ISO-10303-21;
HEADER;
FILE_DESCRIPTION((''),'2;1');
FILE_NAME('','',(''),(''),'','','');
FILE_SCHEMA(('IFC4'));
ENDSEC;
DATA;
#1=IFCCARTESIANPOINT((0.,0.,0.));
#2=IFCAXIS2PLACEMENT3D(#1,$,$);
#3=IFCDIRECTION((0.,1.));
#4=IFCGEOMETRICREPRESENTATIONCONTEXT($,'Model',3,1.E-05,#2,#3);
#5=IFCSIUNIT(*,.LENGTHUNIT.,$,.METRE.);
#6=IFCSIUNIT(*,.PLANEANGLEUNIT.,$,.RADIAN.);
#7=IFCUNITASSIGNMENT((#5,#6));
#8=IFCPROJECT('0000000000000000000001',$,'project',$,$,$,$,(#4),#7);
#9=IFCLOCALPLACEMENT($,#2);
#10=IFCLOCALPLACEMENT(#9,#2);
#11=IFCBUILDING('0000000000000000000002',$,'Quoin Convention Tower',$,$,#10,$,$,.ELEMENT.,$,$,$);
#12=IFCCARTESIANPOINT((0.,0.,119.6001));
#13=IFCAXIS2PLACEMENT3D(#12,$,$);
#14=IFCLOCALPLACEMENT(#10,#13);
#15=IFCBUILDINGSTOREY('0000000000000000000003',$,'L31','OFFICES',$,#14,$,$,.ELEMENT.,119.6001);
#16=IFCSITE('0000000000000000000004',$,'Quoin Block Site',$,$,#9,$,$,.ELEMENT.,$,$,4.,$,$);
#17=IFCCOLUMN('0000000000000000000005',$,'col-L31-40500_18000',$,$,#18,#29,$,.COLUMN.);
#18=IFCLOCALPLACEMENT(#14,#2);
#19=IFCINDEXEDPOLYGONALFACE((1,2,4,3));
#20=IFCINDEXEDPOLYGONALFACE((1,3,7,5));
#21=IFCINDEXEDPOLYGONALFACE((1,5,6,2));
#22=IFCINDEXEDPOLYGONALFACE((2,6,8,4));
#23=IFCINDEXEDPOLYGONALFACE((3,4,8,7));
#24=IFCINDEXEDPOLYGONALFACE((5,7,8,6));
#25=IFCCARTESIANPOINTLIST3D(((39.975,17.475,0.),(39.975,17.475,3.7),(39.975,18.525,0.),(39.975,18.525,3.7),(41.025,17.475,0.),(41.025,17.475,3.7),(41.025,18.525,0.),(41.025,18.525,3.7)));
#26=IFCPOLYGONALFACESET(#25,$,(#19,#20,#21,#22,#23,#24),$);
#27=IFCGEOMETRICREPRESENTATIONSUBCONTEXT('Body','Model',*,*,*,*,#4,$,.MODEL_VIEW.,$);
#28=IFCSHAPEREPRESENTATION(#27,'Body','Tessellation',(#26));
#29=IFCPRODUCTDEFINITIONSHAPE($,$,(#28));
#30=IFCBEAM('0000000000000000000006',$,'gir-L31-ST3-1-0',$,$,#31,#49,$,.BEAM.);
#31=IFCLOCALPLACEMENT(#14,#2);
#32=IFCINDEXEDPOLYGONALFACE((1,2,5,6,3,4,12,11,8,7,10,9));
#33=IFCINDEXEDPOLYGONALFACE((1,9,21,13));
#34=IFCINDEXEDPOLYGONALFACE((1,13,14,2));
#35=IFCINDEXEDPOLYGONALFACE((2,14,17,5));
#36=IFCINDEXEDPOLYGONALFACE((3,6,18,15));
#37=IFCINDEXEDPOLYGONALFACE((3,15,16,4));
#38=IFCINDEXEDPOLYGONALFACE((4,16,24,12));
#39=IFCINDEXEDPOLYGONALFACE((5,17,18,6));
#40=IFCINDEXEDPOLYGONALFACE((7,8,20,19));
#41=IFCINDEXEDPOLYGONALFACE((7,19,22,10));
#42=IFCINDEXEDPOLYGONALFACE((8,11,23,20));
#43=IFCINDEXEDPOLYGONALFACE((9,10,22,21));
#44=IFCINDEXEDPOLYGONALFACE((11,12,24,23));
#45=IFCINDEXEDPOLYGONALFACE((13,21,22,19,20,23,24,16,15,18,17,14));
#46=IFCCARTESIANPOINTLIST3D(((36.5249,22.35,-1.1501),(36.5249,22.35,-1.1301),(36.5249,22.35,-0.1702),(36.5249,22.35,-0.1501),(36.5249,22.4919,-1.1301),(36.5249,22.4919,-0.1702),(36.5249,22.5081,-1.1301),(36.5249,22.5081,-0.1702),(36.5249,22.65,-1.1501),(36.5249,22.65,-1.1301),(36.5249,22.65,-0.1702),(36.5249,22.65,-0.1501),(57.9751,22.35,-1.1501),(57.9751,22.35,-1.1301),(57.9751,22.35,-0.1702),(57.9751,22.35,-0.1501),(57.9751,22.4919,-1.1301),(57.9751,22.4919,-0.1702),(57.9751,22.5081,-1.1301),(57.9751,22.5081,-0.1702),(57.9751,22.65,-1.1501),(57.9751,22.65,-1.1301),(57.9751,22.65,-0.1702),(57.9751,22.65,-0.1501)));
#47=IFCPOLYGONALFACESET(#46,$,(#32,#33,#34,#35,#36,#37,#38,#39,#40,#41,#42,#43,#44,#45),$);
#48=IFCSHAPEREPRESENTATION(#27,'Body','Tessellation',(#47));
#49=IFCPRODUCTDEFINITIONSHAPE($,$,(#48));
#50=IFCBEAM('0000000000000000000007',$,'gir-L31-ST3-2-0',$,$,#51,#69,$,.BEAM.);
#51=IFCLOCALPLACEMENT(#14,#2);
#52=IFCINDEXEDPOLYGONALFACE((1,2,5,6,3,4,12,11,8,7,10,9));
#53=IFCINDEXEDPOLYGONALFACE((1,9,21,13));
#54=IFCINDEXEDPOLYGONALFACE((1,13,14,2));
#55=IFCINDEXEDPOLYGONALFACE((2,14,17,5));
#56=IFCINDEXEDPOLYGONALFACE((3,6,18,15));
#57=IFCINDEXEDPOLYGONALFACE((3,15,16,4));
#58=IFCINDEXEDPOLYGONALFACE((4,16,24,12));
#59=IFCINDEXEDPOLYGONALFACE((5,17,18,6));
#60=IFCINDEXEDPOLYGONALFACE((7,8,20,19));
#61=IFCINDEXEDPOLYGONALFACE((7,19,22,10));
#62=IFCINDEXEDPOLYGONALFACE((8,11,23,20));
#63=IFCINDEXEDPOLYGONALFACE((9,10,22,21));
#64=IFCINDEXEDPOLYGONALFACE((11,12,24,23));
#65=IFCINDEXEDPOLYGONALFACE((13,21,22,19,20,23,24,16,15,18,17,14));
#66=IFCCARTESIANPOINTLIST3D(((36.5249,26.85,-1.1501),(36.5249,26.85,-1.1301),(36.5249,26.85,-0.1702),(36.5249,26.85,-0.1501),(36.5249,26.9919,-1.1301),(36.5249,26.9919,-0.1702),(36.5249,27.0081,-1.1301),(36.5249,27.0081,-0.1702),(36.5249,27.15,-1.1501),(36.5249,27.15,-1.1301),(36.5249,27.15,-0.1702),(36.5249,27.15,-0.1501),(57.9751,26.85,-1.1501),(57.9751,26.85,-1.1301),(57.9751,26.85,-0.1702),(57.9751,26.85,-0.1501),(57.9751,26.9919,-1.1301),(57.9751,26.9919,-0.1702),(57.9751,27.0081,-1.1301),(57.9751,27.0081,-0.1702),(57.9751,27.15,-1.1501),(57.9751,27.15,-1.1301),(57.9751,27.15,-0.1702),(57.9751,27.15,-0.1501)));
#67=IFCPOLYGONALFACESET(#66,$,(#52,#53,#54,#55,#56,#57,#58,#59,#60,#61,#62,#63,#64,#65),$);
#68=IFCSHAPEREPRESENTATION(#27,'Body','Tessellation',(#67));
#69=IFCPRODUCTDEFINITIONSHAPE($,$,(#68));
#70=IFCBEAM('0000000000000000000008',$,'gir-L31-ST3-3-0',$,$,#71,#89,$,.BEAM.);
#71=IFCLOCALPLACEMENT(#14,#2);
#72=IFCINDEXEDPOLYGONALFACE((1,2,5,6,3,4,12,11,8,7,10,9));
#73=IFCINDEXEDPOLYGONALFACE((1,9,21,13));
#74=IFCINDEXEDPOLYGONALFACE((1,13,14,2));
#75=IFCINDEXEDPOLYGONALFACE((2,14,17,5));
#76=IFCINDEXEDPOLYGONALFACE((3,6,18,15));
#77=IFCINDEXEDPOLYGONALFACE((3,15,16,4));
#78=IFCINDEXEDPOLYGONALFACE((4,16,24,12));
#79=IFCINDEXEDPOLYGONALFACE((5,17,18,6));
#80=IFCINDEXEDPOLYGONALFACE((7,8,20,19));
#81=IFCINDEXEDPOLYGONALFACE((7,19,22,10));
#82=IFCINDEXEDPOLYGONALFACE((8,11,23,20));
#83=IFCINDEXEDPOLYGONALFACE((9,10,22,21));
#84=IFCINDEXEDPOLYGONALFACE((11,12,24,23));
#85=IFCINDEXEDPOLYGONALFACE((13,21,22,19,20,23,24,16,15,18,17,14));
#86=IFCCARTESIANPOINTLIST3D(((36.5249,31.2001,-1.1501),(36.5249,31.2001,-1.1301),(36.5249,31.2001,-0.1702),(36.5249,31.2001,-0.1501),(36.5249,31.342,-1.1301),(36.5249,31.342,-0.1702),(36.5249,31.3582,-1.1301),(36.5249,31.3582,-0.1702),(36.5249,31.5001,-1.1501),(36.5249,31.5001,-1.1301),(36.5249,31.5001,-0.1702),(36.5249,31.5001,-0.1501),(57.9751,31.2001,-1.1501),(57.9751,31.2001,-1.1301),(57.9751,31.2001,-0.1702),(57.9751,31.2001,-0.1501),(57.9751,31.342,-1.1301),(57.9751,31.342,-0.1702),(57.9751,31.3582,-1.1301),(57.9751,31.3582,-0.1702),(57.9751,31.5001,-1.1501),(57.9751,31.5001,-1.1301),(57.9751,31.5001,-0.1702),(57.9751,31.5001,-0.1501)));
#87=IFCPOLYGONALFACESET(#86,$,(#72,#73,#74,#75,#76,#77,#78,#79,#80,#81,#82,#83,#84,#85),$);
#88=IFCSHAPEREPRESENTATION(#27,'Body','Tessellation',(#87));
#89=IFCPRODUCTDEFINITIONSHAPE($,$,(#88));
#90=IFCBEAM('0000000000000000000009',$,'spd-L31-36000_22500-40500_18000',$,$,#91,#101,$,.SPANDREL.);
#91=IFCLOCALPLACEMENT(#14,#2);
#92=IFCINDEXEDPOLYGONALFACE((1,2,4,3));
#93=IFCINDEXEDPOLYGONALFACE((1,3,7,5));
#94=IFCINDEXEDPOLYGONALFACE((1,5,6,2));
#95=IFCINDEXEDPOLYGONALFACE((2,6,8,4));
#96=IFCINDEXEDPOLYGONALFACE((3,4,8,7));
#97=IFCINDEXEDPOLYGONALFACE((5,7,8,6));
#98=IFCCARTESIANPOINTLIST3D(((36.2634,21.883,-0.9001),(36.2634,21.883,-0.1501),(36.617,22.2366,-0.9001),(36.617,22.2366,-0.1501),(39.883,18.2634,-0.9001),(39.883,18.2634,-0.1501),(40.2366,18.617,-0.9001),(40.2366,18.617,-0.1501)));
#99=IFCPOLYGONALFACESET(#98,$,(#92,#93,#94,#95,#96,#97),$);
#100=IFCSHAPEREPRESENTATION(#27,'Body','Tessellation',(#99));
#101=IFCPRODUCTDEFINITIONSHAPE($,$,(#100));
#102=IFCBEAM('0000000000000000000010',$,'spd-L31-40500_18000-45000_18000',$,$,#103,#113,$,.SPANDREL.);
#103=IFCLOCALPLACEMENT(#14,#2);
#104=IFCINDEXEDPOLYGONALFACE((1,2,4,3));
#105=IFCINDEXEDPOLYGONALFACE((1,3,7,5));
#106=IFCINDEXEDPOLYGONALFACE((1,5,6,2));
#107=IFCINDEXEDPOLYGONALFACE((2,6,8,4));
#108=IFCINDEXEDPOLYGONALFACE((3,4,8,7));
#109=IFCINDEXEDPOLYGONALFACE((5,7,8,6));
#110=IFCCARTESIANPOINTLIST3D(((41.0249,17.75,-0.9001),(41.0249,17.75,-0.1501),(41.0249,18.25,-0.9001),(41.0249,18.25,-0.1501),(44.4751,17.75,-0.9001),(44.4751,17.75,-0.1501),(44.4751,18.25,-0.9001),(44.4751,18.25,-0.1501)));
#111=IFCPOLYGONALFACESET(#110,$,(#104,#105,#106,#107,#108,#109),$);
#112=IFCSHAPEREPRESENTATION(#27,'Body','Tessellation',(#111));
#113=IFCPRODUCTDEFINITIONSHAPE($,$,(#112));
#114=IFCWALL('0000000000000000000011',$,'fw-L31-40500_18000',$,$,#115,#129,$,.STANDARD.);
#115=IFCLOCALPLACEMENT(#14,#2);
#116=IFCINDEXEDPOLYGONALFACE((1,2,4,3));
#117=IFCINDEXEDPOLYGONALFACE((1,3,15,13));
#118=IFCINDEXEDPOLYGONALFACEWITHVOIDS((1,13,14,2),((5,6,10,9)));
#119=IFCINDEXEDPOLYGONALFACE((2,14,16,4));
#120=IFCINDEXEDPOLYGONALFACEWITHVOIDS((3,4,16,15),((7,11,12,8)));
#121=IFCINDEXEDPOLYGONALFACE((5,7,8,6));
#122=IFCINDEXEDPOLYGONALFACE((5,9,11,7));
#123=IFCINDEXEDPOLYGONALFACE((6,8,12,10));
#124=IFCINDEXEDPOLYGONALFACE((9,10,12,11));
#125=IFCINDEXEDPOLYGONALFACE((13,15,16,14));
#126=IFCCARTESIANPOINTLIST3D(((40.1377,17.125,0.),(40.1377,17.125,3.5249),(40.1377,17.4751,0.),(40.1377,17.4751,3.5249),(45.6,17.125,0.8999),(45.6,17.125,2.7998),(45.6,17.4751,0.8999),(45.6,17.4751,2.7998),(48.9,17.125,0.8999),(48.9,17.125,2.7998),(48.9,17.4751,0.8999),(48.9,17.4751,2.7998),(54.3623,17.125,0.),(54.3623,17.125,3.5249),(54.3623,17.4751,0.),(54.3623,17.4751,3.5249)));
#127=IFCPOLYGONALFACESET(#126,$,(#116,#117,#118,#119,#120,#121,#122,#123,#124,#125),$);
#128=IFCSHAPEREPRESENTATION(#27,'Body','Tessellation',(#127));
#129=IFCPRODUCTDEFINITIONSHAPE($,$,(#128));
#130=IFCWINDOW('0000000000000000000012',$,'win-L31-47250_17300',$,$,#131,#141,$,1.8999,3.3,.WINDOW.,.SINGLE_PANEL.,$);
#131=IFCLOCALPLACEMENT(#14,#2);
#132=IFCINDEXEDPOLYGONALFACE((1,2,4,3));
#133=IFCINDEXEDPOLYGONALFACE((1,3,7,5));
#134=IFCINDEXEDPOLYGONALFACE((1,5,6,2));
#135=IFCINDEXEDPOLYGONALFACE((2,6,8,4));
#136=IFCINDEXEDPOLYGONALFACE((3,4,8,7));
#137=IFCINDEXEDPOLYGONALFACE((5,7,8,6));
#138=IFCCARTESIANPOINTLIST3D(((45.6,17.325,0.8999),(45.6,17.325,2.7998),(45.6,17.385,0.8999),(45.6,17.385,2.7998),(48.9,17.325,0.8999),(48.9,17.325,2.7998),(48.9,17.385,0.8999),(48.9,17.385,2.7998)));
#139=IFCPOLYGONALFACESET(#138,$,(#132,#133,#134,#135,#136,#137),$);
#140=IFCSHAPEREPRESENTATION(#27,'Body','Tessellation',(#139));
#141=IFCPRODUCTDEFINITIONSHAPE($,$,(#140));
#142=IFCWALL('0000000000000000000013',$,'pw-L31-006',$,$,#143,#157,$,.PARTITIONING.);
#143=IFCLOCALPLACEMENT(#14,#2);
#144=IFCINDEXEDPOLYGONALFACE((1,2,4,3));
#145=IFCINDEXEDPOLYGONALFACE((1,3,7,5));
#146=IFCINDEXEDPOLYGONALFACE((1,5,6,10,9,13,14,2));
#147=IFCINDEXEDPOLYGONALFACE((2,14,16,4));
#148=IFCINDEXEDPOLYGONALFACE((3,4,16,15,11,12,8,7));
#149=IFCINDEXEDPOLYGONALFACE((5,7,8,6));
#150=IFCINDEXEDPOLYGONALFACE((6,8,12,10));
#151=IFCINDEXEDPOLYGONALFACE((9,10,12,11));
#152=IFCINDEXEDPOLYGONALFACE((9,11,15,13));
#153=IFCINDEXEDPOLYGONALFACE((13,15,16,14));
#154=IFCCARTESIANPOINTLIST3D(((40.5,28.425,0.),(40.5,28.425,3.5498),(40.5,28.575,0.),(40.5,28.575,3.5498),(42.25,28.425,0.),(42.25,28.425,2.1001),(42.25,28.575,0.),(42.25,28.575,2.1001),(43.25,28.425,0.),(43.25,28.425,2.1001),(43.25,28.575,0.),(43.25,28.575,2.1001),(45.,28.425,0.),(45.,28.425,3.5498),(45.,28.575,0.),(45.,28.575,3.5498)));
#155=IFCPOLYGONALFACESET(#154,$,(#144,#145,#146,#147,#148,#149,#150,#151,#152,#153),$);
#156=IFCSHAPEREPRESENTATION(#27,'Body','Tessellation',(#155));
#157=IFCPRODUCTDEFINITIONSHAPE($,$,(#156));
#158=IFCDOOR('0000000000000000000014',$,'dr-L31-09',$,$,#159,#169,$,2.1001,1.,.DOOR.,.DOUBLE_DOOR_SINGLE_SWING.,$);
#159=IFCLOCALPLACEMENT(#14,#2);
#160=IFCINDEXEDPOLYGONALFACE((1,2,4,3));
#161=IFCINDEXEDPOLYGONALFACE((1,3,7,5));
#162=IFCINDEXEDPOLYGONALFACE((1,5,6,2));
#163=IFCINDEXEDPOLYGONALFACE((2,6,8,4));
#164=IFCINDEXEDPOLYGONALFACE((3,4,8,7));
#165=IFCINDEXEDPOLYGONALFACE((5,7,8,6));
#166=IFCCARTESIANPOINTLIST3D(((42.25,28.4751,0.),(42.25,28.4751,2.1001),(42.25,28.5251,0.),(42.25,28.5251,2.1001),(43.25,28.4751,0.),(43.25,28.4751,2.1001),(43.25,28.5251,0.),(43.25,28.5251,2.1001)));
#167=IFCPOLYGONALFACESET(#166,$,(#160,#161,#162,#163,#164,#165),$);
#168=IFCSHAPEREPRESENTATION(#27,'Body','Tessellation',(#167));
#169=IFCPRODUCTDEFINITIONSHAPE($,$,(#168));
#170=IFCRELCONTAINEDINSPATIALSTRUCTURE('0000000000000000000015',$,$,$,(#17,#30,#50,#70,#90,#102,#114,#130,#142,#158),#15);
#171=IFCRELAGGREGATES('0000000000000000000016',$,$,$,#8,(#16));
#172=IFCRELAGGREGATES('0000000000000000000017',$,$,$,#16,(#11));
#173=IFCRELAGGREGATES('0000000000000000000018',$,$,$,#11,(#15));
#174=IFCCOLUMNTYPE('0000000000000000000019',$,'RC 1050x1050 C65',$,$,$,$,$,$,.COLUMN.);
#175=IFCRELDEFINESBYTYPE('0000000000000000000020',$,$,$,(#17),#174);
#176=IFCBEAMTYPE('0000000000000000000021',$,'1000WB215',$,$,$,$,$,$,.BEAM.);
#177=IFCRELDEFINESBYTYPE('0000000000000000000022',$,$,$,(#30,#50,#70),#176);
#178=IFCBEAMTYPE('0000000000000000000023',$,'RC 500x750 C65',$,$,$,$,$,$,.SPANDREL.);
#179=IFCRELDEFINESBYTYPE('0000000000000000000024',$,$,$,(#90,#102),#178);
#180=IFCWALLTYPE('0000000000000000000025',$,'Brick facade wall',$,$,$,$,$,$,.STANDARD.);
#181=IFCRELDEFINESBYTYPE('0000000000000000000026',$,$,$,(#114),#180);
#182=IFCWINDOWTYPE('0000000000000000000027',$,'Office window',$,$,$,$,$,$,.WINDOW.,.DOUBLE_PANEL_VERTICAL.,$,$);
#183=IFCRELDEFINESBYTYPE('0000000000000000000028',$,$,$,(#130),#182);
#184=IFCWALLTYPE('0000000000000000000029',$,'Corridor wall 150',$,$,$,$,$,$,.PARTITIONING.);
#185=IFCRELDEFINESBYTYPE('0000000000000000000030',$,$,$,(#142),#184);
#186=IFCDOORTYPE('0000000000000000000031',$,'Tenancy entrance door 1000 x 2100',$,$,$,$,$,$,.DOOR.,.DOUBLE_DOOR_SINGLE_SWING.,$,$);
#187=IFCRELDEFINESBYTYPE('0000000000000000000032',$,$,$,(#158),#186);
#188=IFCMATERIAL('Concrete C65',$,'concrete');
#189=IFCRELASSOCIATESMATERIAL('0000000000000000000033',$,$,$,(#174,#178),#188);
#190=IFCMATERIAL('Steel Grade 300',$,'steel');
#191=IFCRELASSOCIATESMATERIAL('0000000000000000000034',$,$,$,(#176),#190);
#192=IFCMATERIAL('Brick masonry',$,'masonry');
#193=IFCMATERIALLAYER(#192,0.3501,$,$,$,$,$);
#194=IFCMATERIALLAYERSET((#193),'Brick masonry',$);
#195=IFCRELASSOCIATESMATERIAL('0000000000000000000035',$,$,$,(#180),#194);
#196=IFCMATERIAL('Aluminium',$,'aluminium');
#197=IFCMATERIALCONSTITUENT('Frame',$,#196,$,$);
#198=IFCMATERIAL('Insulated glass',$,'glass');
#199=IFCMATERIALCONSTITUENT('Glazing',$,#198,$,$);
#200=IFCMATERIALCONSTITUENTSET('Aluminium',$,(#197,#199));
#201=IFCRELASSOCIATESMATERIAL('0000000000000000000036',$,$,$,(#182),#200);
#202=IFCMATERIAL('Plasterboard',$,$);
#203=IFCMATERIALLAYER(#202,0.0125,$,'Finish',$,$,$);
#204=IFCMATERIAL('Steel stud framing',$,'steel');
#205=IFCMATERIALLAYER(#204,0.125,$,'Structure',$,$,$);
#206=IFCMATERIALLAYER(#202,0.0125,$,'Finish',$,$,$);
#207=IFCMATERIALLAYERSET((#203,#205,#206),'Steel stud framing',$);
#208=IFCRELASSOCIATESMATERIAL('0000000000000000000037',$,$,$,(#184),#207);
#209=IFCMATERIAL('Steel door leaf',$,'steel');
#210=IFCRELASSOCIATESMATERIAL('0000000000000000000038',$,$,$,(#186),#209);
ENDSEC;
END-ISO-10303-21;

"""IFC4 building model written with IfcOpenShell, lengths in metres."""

from ifc_helpers import new_model, si_unit, direction, frame, frame_2d, origin, origin_2d, place, context, subcontext, project, spatial, rectangle, i_section, extrude, material, layer, layer_set, constituent, constituent_set, material_profile, profile_set, type_object, element, fill, save


model = new_model("IFC4")

# Units and contexts
model_context = context("Model", 3, precision=1e-05, world=origin(), true_north=direction((0.0, 1.0)))
body_context = subcontext(model_context, "Body", "Model", "MODEL_VIEW")
ifc_project = project(units=[si_unit("LENGTHUNIT", "METRE"), si_unit("PLANEANGLEUNIT", "RADIAN")], contexts=[model_context])

# Site, building, storey
site_placement = place(None, origin())
site = spatial("IfcSite", under=ifc_project, at=site_placement, Name="Quoin Block Site", CompositionType="ELEMENT", RefElevation=4.0)
building_placement = place(site_placement, origin())
building = spatial("IfcBuilding", under=site, at=building_placement, Name="Quoin Convention Tower", CompositionType="ELEMENT")
storey_placement = place(building_placement, frame((0.0, 0.0, 119.6001)))
storey = spatial("IfcBuildingStorey", under=building, at=storey_placement, Name="L31", Description="OFFICES", CompositionType="ELEMENT", Elevation=119.6001)

# Column
ifc_material_1 = material(Name="Concrete C65", Category="concrete")
ifc_material_profile_1 = material_profile(ifc_material_1, rectangle(XDim=1.05, YDim=1.05, at=origin_2d()), Name="RC 1050x1050")
ifc_profile_set_1 = profile_set([ifc_material_profile_1], Name="Concrete C65")
column_type = type_object("IfcColumnType", Name="RC 1050x1050 C65", PredefinedType="COLUMN", material=ifc_profile_set_1)
column_placement = place(storey_placement, frame((40.5, 18.0, 0.0), z_axis=(0.0, 0.0, 1.0), x_axis=(1.0, 0.0, 0.0)))
element("IfcColumn", 1, at=column_placement, inside=storey, type_object=column_type, Name="col-L31-40500_18000", PredefinedType="COLUMN", context=body_context, shape_type="SweptSolid", body=[
    extrude(rectangle(XDim=1.05, YDim=1.05, at=origin_2d()), origin(), (0.0, 0.0, 1.0), 3.7),
])

# Beams
ifc_material_2 = material(Name="Steel Grade 300", Category="steel")
ifc_material_profile_2 = material_profile(ifc_material_2, i_section(OverallWidth=0.3, OverallDepth=1.0, WebThickness=0.0161, FlangeThickness=0.02, at=origin_2d()), Name="1000WB215")
ifc_profile_set_2 = profile_set([ifc_material_profile_2], Name="Steel Grade 300")
beam_type_1 = type_object("IfcBeamType", Name="1000WB215", PredefinedType="BEAM", material=ifc_profile_set_2)
for number, where, z_axis, x_axis, name in (
    (2, (36.5249, 22.5, -0.6501), (1.0, 0.0, 0.0), (0.0, 1.0, 0.0), "gir-L31-ST3-1-0"),
    (3, (36.5249, 27.0, -0.6501), (1.0, 0.0, 0.0), (0.0, 1.0, 0.0), "gir-L31-ST3-2-0"),
    (4, (36.5249, 31.3501, -0.6501), (1.0, 0.0, 0.0), (0.0, 1.0, 0.0), "gir-L31-ST3-3-0"),
):
    element("IfcBeam", number, at=place(storey_placement, frame(where, z_axis=z_axis, x_axis=x_axis)), inside=storey, type_object=beam_type_1, Name=name, PredefinedType="BEAM", context=body_context, shape_type="SweptSolid", body=[
        extrude(i_section(OverallWidth=0.3, OverallDepth=1.0, WebThickness=0.0161, FlangeThickness=0.02, at=origin_2d()), origin(), (0.0, 0.0, 1.0), 21.4502),
    ])
ifc_material_profile_3 = material_profile(ifc_material_1, rectangle(XDim=0.5, YDim=0.75, at=origin_2d()), Name="RC 500x750")
ifc_profile_set_3 = profile_set([ifc_material_profile_3], Name="Concrete C65")
beam_type_2 = type_object("IfcBeamType", Name="RC 500x750 C65", PredefinedType="SPANDREL", material=ifc_profile_set_3)
beam_1_placement = place(storey_placement, frame((36.4402, 22.0598, -0.5251), z_axis=(0.707107, -0.707107, 0.0), x_axis=(0.707107, 0.707107, 0.0)))
element("IfcBeam", 5, at=beam_1_placement, inside=storey, type_object=beam_type_2, Name="spd-L31-36000_22500-40500_18000", PredefinedType="SPANDREL", context=body_context, shape_type="SweptSolid", body=[
    extrude(rectangle(XDim=0.5, YDim=0.75, at=origin_2d()), origin(), (0.0, 0.0, 1.0), 5.1189),
])
beam_2_placement = place(storey_placement, frame((41.0249, 18.0, -0.5251), z_axis=(1.0, 0.0, 0.0), x_axis=(0.0, 1.0, 0.0)))
element("IfcBeam", 6, at=beam_2_placement, inside=storey, type_object=beam_type_2, Name="spd-L31-40500_18000-45000_18000", PredefinedType="SPANDREL", context=body_context, shape_type="SweptSolid", body=[
    extrude(rectangle(XDim=0.5, YDim=0.75, at=origin_2d()), origin(), (0.0, 0.0, 1.0), 3.4502),
])

# Wall, opening, window
ifc_material_3 = material(Name="Brick masonry", Category="masonry")
ifc_layer_1 = layer(ifc_material_3, 0.3501)
ifc_layer_set_1 = layer_set([ifc_layer_1], Name="Brick masonry")
wall_type_1 = type_object("IfcWallType", Name="Brick facade wall", PredefinedType="STANDARD", material=ifc_layer_set_1)
wall_1_placement = place(storey_placement, frame((40.1377, 17.3, 0.0), z_axis=(0.0, 0.0, 1.0), x_axis=(1.0, 0.0, 0.0)))
wall_1 = element("IfcWall", 7, at=wall_1_placement, inside=storey, type_object=wall_type_1, Name="fw-L31-40500_18000", PredefinedType="STANDARD", context=body_context, shape_type="SweptSolid", body=[
    extrude(rectangle(XDim=14.2246, YDim=0.3501, at=frame_2d((7.1123, 0.0))), origin(), (0.0, 0.0, 1.0), 3.5249),
])
opening_1_placement = place(wall_1_placement, frame((5.4624, 0.0, 0.8999)))
opening_1 = element("IfcOpeningElement", 8, at=opening_1_placement, cuts=wall_1, PredefinedType="OPENING", context=body_context, shape_type="SweptSolid", body=[
    extrude(rectangle(XDim=3.3, YDim=1.8999, at=frame_2d((1.6499, 0.95))), frame((0.0, 0.1851, 0.0), z_axis=(0.0, -1.0, 0.0), x_axis=(1.0, 0.0, 0.0)), (0.0, 0.0, 1.0), 0.3701),
])
ifc_material_4 = material(Name="Aluminium", Category="aluminium")
ifc_constituent_1 = constituent(ifc_material_4, Name="Frame")
ifc_material_5 = material(Name="Insulated glass", Category="glass")
ifc_constituent_2 = constituent(ifc_material_5, Name="Glazing")
ifc_constituent_set = constituent_set(constituents=[ifc_constituent_1, ifc_constituent_2], Name="Aluminium")
window_type = type_object("IfcWindowType", Name="Office window", PartitioningType="DOUBLE_PANEL_VERTICAL", PredefinedType="WINDOW", material=ifc_constituent_set)
window_placement = place(opening_1_placement, origin())
window = element("IfcWindow", 9, at=window_placement, inside=storey, type_object=window_type, Name="win-L31-47250_17300", OverallHeight=1.8999, OverallWidth=3.3, PartitioningType="SINGLE_PANEL", PredefinedType="WINDOW", context=body_context, shape_type="SweptSolid", body=[
    extrude(rectangle(XDim=3.3, YDim=1.8999, at=frame_2d((1.6499, 0.95))), frame((0.0, 0.085, 0.0), z_axis=(0.0, -1.0, 0.0), x_axis=(1.0, 0.0, 0.0)), (0.0, 0.0, 1.0), 0.0601),
])
fill(opening_1, window)

# Wall, opening, door
ifc_material_6 = material(Name="Plasterboard")
ifc_layer_2 = layer(ifc_material_6, 0.0125, Name="Finish")
ifc_material_7 = material(Name="Steel stud framing", Category="steel")
ifc_layer_3 = layer(ifc_material_7, 0.125, Name="Structure")
ifc_layer_4 = layer(ifc_material_6, 0.0125, Name="Finish")
ifc_layer_set_2 = layer_set([ifc_layer_2, ifc_layer_3, ifc_layer_4], Name="Steel stud framing")
wall_type_2 = type_object("IfcWallType", Name="Corridor wall 150", PredefinedType="PARTITIONING", material=ifc_layer_set_2)
wall_2_placement = place(storey_placement, frame((40.5, 28.5, 0.0), z_axis=(0.0, 0.0, 1.0), x_axis=(1.0, 0.0, 0.0)))
wall_2 = element("IfcWall", 10, at=wall_2_placement, inside=storey, type_object=wall_type_2, Name="pw-L31-006", PredefinedType="PARTITIONING", context=body_context, shape_type="SweptSolid", body=[
    extrude(rectangle(XDim=4.5, YDim=0.1499, at=frame_2d((2.25, 0.0))), origin(), (0.0, 0.0, 1.0), 3.5498),
])
opening_2_placement = place(wall_2_placement, frame((1.75, 0.0, 0.0)))
opening_2 = element("IfcOpeningElement", 11, at=opening_2_placement, cuts=wall_2, PredefinedType="OPENING", context=body_context, shape_type="SweptSolid", body=[
    extrude(rectangle(XDim=1.0, YDim=2.1001, at=frame_2d((0.5, 1.05))), frame((0.0, 0.085, 0.0), z_axis=(0.0, -1.0, 0.0), x_axis=(1.0, 0.0, 0.0)), (0.0, 0.0, 1.0), 0.1699),
])
ifc_material_8 = material(Name="Steel door leaf", Category="steel")
door_type_1 = type_object("IfcDoorType", Name="Tenancy entrance door 1000 x 2100", OperationType="DOUBLE_DOOR_SINGLE_SWING", PredefinedType="DOOR", material=ifc_material_8)
door_1_placement = place(opening_2_placement, frame((1.0, 0.0, 0.0), z_axis=(0.0, 0.0, 1.0), x_axis=(-1.0, 0.0, 0.0)))
door_1 = element("IfcDoor", 12, at=door_1_placement, inside=storey, type_object=door_type_1, Name="dr-L31-09", OperationType="DOUBLE_DOOR_SINGLE_SWING", OverallHeight=2.1001, OverallWidth=1.0, PredefinedType="DOOR", context=body_context, shape_type="SweptSolid", body=[
    extrude(rectangle(XDim=1.0, YDim=2.1001, at=frame_2d((0.5, 1.05))), frame((0.0, 0.0249, 0.0), z_axis=(0.0, -1.0, 0.0), x_axis=(1.0, 0.0, 0.0)), (0.0, 0.0, 1.0), 0.05),
])
fill(opening_2, door_1)

save(model, "model.ifc")
